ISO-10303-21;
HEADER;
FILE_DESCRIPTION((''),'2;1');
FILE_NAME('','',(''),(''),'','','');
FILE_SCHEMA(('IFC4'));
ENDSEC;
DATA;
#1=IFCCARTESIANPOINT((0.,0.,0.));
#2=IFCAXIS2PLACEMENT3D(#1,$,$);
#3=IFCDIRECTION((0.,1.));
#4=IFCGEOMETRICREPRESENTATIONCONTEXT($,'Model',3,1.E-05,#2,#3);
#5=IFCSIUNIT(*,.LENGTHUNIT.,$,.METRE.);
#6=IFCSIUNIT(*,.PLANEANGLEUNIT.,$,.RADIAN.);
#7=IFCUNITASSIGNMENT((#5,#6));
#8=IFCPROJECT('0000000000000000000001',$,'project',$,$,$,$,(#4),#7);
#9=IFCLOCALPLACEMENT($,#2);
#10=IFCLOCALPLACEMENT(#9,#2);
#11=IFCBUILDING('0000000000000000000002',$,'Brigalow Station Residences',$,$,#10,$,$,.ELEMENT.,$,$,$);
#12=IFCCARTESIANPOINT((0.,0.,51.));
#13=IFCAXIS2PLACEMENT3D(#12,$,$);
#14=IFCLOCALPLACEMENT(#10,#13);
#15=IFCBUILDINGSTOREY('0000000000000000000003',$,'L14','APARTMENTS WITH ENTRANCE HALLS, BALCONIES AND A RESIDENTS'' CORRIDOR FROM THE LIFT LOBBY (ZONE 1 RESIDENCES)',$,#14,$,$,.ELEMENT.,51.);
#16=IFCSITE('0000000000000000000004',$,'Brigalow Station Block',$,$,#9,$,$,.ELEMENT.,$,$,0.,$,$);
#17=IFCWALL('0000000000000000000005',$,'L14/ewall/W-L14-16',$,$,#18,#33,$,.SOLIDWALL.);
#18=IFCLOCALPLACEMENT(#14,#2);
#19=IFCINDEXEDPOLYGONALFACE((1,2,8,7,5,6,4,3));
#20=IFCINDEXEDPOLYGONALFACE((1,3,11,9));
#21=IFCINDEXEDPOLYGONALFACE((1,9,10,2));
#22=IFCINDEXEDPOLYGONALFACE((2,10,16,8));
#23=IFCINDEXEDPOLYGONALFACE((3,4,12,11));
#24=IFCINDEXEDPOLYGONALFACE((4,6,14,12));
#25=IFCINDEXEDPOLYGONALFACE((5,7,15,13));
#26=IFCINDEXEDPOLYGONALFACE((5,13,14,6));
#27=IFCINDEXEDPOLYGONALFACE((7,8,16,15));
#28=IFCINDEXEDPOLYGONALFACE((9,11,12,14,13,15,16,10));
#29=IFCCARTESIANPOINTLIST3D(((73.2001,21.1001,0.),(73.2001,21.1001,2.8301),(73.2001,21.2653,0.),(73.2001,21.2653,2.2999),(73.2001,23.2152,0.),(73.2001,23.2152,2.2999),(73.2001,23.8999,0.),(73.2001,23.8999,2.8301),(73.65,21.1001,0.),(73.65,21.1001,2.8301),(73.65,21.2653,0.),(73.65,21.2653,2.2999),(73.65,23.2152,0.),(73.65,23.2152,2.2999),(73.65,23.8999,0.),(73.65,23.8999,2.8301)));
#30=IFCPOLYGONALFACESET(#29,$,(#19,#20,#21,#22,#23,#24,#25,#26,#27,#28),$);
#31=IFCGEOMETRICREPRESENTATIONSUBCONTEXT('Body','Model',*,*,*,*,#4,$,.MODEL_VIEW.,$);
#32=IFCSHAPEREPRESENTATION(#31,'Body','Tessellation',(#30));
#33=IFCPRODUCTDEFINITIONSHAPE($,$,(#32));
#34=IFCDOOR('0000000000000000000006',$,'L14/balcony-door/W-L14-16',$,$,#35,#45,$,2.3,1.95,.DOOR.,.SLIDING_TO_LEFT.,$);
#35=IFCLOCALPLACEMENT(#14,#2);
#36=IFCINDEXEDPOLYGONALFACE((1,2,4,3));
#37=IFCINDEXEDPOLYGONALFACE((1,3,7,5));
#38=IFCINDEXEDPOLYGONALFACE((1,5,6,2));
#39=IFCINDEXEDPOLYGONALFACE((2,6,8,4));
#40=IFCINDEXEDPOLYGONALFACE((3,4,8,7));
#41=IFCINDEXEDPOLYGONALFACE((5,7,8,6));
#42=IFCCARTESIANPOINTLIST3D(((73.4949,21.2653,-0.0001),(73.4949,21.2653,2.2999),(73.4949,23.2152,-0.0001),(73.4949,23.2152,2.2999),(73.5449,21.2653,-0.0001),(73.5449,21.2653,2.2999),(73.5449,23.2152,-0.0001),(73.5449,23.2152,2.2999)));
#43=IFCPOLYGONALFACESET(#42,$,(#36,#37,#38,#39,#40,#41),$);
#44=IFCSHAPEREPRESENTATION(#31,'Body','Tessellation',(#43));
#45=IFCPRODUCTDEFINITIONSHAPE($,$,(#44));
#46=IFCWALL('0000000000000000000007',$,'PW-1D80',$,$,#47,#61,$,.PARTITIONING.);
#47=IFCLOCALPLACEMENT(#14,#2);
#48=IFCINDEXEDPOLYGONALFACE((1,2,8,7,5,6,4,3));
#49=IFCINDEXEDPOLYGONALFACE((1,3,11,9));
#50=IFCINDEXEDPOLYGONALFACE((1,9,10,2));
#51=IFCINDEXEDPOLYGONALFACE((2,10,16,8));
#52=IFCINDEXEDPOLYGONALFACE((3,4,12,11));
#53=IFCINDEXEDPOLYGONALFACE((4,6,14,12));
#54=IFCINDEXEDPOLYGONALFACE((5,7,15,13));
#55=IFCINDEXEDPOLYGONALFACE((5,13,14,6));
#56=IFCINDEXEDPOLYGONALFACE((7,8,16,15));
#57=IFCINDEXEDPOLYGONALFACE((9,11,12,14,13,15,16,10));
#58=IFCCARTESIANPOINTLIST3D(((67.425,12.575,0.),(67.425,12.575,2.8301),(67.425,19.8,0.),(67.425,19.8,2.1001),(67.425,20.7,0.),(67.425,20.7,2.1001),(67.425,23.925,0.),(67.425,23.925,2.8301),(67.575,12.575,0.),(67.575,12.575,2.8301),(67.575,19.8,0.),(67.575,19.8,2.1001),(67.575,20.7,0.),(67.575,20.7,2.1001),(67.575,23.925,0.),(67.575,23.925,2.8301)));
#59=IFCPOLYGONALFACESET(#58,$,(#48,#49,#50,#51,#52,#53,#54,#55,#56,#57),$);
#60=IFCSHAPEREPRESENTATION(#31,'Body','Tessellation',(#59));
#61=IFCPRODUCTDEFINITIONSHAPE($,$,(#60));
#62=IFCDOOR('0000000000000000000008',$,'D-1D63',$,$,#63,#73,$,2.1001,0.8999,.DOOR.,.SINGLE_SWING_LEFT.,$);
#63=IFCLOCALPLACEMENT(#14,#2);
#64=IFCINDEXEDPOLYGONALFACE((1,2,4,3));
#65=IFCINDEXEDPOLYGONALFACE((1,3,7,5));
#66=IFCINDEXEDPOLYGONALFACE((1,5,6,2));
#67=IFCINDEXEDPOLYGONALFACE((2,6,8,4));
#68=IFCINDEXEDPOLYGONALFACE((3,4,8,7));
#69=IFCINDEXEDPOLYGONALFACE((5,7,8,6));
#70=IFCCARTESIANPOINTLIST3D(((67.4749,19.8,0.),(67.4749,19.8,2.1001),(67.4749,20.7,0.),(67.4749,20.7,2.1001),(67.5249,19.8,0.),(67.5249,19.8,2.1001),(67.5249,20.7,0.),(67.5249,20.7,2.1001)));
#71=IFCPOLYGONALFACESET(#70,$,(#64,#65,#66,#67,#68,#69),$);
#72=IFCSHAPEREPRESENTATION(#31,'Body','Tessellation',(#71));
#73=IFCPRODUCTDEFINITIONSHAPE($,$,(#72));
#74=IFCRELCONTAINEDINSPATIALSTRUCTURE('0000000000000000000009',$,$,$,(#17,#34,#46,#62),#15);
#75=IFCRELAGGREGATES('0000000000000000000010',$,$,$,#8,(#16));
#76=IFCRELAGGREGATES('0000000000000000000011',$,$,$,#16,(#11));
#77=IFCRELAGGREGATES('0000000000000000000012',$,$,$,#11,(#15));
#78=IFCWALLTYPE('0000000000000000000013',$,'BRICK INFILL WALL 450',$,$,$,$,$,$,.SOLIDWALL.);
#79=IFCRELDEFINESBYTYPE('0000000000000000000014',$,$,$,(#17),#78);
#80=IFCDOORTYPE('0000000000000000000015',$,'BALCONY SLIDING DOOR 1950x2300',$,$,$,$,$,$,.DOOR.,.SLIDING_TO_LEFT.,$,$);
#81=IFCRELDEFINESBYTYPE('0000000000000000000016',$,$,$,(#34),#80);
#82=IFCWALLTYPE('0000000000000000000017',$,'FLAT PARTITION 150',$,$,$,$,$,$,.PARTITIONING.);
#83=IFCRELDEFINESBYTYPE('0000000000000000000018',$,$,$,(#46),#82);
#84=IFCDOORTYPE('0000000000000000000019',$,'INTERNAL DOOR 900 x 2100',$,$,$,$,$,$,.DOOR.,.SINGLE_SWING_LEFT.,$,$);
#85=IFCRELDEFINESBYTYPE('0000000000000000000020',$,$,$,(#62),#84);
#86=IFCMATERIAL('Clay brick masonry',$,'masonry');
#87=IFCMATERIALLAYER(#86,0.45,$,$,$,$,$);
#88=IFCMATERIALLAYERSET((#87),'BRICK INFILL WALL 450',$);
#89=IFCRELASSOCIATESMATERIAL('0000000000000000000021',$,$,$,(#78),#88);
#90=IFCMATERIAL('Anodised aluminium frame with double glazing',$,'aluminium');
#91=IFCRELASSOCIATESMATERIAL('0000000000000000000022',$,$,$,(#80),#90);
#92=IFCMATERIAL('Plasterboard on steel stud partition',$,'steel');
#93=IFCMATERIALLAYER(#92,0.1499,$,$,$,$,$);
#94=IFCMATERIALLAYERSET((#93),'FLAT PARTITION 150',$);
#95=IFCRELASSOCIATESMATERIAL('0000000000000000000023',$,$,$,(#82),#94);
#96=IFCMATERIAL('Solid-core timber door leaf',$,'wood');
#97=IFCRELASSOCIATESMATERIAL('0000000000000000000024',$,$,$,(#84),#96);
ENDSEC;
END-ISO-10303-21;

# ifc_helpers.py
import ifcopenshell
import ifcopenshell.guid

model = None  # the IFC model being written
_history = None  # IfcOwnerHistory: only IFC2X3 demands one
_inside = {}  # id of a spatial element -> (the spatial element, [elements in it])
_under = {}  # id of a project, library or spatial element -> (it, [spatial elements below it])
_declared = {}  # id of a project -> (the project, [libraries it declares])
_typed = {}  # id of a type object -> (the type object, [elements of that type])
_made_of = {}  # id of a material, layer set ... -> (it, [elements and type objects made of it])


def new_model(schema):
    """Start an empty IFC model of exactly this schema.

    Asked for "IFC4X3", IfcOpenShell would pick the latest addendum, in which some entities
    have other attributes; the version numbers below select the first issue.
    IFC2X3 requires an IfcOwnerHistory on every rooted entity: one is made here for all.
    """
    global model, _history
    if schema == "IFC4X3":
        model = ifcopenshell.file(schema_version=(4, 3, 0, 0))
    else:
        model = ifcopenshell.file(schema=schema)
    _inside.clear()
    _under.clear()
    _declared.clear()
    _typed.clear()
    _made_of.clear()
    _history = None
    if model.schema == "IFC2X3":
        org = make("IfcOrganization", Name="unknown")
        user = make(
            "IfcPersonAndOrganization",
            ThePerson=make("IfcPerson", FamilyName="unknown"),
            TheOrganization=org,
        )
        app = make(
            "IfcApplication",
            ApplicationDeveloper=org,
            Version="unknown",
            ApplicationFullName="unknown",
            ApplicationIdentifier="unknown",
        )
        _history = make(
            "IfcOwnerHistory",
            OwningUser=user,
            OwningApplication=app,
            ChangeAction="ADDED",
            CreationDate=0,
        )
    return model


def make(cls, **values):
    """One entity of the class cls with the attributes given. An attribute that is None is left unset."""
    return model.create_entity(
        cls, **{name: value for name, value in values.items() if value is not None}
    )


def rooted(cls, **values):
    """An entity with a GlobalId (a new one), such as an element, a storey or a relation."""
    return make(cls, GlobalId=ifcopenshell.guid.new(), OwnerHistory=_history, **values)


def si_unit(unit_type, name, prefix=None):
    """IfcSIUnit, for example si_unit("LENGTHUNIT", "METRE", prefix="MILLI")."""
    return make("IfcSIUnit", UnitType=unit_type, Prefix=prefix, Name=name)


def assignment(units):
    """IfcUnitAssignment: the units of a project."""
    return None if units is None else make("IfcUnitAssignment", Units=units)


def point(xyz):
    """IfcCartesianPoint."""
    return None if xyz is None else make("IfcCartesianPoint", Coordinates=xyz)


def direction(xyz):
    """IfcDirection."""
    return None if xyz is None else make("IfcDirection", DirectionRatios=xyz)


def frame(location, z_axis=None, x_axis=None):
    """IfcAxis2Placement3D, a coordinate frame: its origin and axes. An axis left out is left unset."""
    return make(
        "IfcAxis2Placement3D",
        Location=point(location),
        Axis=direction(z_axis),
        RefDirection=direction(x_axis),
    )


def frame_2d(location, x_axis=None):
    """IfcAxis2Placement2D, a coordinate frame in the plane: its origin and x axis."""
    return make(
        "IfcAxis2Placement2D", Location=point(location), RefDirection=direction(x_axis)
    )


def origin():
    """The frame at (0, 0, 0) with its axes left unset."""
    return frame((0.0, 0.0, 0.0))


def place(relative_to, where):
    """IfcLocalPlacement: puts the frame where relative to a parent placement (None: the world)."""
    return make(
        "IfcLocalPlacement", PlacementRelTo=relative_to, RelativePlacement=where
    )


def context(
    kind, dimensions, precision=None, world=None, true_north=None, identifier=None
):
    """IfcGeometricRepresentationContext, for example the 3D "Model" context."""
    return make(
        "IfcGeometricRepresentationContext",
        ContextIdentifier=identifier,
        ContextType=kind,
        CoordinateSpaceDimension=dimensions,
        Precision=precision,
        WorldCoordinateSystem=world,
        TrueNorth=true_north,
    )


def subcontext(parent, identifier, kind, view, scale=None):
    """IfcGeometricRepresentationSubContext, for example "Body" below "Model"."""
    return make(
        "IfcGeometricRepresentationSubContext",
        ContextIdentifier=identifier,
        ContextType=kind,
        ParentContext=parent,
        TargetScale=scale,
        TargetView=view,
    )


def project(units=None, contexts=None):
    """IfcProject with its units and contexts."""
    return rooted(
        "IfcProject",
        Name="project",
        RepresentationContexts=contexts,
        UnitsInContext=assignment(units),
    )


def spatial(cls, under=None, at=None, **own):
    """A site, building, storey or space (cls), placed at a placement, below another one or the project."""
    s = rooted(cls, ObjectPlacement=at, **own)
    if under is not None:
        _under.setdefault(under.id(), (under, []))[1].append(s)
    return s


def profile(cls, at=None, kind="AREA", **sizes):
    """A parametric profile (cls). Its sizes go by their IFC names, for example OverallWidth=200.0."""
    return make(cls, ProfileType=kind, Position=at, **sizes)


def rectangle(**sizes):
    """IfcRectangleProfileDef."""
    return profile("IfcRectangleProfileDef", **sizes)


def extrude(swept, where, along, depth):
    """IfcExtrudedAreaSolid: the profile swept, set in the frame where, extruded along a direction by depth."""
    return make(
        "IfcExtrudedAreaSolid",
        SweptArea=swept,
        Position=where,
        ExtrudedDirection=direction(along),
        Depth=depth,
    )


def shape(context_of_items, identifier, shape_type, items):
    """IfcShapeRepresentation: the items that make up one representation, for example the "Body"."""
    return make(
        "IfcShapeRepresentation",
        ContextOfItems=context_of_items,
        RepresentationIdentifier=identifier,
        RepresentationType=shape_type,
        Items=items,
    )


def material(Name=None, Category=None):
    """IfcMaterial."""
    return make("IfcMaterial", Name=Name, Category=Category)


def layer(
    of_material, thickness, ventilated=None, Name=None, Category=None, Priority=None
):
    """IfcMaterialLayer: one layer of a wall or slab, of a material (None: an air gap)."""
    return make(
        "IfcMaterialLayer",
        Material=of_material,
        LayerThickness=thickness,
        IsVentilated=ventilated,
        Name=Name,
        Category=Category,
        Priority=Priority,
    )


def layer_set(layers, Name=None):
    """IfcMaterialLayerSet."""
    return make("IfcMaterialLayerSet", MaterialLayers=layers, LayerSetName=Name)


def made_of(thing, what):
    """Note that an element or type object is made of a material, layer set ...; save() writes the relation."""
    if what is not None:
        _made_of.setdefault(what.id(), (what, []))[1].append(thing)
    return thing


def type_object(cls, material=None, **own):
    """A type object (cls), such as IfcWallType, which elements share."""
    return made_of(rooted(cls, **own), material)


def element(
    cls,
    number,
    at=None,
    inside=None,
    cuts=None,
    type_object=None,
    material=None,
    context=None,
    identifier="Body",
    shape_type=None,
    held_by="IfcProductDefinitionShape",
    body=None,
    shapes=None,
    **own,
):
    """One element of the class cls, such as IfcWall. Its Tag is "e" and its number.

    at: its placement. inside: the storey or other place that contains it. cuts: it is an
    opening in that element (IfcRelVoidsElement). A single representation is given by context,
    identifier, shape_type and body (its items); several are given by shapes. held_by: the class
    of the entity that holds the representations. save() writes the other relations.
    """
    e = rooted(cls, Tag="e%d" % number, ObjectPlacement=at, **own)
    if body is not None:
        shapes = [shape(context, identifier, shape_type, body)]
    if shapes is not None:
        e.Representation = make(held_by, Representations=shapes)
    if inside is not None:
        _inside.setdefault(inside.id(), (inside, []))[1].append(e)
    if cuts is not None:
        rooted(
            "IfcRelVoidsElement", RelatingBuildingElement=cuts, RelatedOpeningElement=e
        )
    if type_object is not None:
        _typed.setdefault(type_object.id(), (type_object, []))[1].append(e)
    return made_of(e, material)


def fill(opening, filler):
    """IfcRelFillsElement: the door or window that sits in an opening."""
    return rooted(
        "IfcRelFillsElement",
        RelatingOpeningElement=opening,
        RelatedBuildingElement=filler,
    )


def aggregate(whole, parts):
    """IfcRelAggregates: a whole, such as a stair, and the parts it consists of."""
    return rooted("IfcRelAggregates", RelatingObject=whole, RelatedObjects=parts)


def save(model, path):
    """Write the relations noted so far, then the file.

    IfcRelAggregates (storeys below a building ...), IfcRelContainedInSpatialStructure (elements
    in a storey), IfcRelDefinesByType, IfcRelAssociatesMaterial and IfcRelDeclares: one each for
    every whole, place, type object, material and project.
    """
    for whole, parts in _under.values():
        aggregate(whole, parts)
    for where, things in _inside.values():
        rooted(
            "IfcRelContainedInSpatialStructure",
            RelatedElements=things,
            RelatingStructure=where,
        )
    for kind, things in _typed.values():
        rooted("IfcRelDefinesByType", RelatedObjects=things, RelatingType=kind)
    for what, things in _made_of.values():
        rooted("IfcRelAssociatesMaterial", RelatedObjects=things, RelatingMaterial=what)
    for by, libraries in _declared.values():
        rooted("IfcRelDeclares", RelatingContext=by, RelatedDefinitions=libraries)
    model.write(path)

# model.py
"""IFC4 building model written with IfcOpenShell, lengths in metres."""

from ifc_helpers import new_model, si_unit, direction, frame, frame_2d, origin, place, context, subcontext, project, spatial, rectangle, extrude, material, layer, layer_set, type_object, element, fill, save


model = new_model("IFC4")

# Units and contexts
model_context = context("Model", 3, precision=1e-05, world=origin(), true_north=direction((0.0, 1.0)))
body_context = subcontext(model_context, "Body", "Model", "MODEL_VIEW")
ifc_project = project(units=[si_unit("LENGTHUNIT", "METRE"), si_unit("PLANEANGLEUNIT", "RADIAN")], contexts=[model_context])

# Site, building, storey
site_placement = place(None, origin())
site = spatial("IfcSite", under=ifc_project, at=site_placement, Name="Brigalow Station Block", CompositionType="ELEMENT", RefElevation=0.0)
building_placement = place(site_placement, origin())
building = spatial("IfcBuilding", under=site, at=building_placement, Name="Brigalow Station Residences", CompositionType="ELEMENT")
storey_placement = place(building_placement, frame((0.0, 0.0, 51.0)))
storey = spatial("IfcBuildingStorey", under=building, at=storey_placement, Name="L14", Description="APARTMENTS WITH ENTRANCE HALLS, BALCONIES AND A RESIDENTS' CORRIDOR FROM THE LIFT LOBBY (ZONE 1 RESIDENCES)", CompositionType="ELEMENT", Elevation=51.0)

# Shared definitions
ifc_material_1 = material(Name="Clay brick masonry", Category="masonry")
ifc_layer_1 = layer(ifc_material_1, 0.45)
ifc_layer_set_1 = layer_set([ifc_layer_1], Name="BRICK INFILL WALL 450")
wall_type_1 = type_object("IfcWallType", Name="BRICK INFILL WALL 450", PredefinedType="SOLIDWALL", material=ifc_layer_set_1)

# Walls, openings, doors
wall_1_placement = place(storey_placement, frame((73.425, 21.1001, 0.0), z_axis=(0.0, 0.0, 1.0), x_axis=(0.0, 1.0, 0.0)))
wall_1 = element("IfcWall", 1, at=wall_1_placement, inside=storey, type_object=wall_type_1, Name="L14/ewall/W-L14-16", PredefinedType="SOLIDWALL", context=body_context, shape_type="SweptSolid", body=[
    extrude(rectangle(XDim=2.7998, YDim=0.45, at=frame_2d((1.3999, 0.0))), origin(), (0.0, 0.0, 1.0), 2.8301),
])
opening_1_placement = place(wall_1_placement, frame((0.165, 0.0, 0.0)))
opening_1 = element("IfcOpeningElement", 2, at=opening_1_placement, cuts=wall_1, PredefinedType="OPENING", context=body_context, shape_type="SweptSolid", body=[
    extrude(rectangle(XDim=1.95, YDim=2.3, at=frame_2d((0.9751, 1.1499))), frame((0.0, 0.2349, 0.0), z_axis=(0.0, -1.0, 0.0), x_axis=(1.0, 0.0, 0.0)), (0.0, 0.0, 1.0), 0.47),
])
ifc_material_2 = material(Name="Anodised aluminium frame with double glazing", Category="aluminium")
door_type_1 = type_object("IfcDoorType", Name="BALCONY SLIDING DOOR 1950x2300", OperationType="SLIDING_TO_LEFT", PredefinedType="DOOR", material=ifc_material_2)
door_1_placement = place(opening_1_placement, origin())
door_1 = element("IfcDoor", 3, at=door_1_placement, inside=storey, type_object=door_type_1, Name="L14/balcony-door/W-L14-16", OperationType="SLIDING_TO_LEFT", OverallHeight=2.3, OverallWidth=1.95, PredefinedType="DOOR", context=body_context, shape_type="SweptSolid", body=[
    extrude(rectangle(XDim=1.95, YDim=2.3, at=frame_2d((0.9751, 1.1499))), frame((0.0, -0.0698, 0.0), z_axis=(0.0, -1.0, 0.0), x_axis=(1.0, 0.0, 0.0)), (0.0, 0.0, 1.0), 0.05),
])
fill(opening_1, door_1)
ifc_material_3 = material(Name="Plasterboard on steel stud partition", Category="steel")
ifc_layer_2 = layer(ifc_material_3, 0.1499)
ifc_layer_set_2 = layer_set([ifc_layer_2], Name="FLAT PARTITION 150")
wall_type_2 = type_object("IfcWallType", Name="FLAT PARTITION 150", PredefinedType="PARTITIONING", material=ifc_layer_set_2)
wall_2_placement = place(storey_placement, frame((67.5, 12.575, 0.0), z_axis=(0.0, 0.0, 1.0), x_axis=(0.0, 1.0, 0.0)))
wall_2 = element("IfcWall", 4, at=wall_2_placement, inside=storey, type_object=wall_type_2, Name="PW-1D80", PredefinedType="PARTITIONING", context=body_context, shape_type="SweptSolid", body=[
    extrude(rectangle(XDim=11.3501, YDim=0.1499, at=frame_2d((5.675, 0.0))), origin(), (0.0, 0.0, 1.0), 2.8301),
])
opening_2_placement = place(wall_2_placement, frame((7.2251, 0.0, 0.0)))
opening_2 = element("IfcOpeningElement", 5, at=opening_2_placement, cuts=wall_2, PredefinedType="OPENING", context=body_context, shape_type="SweptSolid", body=[
    extrude(rectangle(XDim=0.8999, YDim=2.1001, at=frame_2d((0.45, 1.05))), frame((0.0, 0.085, 0.0), z_axis=(0.0, -1.0, 0.0), x_axis=(1.0, 0.0, 0.0)), (0.0, 0.0, 1.0), 0.1699),
])
ifc_material_4 = material(Name="Solid-core timber door leaf", Category="wood")
door_type_2 = type_object("IfcDoorType", Name="INTERNAL DOOR 900 x 2100", OperationType="SINGLE_SWING_LEFT", PredefinedType="DOOR", material=ifc_material_4)
door_2_placement = place(opening_2_placement, frame((0.8999, 0.0, 0.0), z_axis=(0.0, 0.0, 1.0), x_axis=(-1.0, 0.0, 0.0)))
door_2 = element("IfcDoor", 6, at=door_2_placement, inside=storey, type_object=door_type_2, Name="D-1D63", OperationType="SINGLE_SWING_LEFT", OverallHeight=2.1001, OverallWidth=0.8999, PredefinedType="DOOR", context=body_context, shape_type="SweptSolid", body=[
    extrude(rectangle(XDim=0.8999, YDim=2.1001, at=frame_2d((0.45, 1.05))), frame((0.0, 0.0249, 0.0), z_axis=(0.0, -1.0, 0.0), x_axis=(1.0, 0.0, 0.0)), (0.0, 0.0, 1.0), 0.05),
])
fill(opening_2, door_2)

save(model, "model.ifc")
